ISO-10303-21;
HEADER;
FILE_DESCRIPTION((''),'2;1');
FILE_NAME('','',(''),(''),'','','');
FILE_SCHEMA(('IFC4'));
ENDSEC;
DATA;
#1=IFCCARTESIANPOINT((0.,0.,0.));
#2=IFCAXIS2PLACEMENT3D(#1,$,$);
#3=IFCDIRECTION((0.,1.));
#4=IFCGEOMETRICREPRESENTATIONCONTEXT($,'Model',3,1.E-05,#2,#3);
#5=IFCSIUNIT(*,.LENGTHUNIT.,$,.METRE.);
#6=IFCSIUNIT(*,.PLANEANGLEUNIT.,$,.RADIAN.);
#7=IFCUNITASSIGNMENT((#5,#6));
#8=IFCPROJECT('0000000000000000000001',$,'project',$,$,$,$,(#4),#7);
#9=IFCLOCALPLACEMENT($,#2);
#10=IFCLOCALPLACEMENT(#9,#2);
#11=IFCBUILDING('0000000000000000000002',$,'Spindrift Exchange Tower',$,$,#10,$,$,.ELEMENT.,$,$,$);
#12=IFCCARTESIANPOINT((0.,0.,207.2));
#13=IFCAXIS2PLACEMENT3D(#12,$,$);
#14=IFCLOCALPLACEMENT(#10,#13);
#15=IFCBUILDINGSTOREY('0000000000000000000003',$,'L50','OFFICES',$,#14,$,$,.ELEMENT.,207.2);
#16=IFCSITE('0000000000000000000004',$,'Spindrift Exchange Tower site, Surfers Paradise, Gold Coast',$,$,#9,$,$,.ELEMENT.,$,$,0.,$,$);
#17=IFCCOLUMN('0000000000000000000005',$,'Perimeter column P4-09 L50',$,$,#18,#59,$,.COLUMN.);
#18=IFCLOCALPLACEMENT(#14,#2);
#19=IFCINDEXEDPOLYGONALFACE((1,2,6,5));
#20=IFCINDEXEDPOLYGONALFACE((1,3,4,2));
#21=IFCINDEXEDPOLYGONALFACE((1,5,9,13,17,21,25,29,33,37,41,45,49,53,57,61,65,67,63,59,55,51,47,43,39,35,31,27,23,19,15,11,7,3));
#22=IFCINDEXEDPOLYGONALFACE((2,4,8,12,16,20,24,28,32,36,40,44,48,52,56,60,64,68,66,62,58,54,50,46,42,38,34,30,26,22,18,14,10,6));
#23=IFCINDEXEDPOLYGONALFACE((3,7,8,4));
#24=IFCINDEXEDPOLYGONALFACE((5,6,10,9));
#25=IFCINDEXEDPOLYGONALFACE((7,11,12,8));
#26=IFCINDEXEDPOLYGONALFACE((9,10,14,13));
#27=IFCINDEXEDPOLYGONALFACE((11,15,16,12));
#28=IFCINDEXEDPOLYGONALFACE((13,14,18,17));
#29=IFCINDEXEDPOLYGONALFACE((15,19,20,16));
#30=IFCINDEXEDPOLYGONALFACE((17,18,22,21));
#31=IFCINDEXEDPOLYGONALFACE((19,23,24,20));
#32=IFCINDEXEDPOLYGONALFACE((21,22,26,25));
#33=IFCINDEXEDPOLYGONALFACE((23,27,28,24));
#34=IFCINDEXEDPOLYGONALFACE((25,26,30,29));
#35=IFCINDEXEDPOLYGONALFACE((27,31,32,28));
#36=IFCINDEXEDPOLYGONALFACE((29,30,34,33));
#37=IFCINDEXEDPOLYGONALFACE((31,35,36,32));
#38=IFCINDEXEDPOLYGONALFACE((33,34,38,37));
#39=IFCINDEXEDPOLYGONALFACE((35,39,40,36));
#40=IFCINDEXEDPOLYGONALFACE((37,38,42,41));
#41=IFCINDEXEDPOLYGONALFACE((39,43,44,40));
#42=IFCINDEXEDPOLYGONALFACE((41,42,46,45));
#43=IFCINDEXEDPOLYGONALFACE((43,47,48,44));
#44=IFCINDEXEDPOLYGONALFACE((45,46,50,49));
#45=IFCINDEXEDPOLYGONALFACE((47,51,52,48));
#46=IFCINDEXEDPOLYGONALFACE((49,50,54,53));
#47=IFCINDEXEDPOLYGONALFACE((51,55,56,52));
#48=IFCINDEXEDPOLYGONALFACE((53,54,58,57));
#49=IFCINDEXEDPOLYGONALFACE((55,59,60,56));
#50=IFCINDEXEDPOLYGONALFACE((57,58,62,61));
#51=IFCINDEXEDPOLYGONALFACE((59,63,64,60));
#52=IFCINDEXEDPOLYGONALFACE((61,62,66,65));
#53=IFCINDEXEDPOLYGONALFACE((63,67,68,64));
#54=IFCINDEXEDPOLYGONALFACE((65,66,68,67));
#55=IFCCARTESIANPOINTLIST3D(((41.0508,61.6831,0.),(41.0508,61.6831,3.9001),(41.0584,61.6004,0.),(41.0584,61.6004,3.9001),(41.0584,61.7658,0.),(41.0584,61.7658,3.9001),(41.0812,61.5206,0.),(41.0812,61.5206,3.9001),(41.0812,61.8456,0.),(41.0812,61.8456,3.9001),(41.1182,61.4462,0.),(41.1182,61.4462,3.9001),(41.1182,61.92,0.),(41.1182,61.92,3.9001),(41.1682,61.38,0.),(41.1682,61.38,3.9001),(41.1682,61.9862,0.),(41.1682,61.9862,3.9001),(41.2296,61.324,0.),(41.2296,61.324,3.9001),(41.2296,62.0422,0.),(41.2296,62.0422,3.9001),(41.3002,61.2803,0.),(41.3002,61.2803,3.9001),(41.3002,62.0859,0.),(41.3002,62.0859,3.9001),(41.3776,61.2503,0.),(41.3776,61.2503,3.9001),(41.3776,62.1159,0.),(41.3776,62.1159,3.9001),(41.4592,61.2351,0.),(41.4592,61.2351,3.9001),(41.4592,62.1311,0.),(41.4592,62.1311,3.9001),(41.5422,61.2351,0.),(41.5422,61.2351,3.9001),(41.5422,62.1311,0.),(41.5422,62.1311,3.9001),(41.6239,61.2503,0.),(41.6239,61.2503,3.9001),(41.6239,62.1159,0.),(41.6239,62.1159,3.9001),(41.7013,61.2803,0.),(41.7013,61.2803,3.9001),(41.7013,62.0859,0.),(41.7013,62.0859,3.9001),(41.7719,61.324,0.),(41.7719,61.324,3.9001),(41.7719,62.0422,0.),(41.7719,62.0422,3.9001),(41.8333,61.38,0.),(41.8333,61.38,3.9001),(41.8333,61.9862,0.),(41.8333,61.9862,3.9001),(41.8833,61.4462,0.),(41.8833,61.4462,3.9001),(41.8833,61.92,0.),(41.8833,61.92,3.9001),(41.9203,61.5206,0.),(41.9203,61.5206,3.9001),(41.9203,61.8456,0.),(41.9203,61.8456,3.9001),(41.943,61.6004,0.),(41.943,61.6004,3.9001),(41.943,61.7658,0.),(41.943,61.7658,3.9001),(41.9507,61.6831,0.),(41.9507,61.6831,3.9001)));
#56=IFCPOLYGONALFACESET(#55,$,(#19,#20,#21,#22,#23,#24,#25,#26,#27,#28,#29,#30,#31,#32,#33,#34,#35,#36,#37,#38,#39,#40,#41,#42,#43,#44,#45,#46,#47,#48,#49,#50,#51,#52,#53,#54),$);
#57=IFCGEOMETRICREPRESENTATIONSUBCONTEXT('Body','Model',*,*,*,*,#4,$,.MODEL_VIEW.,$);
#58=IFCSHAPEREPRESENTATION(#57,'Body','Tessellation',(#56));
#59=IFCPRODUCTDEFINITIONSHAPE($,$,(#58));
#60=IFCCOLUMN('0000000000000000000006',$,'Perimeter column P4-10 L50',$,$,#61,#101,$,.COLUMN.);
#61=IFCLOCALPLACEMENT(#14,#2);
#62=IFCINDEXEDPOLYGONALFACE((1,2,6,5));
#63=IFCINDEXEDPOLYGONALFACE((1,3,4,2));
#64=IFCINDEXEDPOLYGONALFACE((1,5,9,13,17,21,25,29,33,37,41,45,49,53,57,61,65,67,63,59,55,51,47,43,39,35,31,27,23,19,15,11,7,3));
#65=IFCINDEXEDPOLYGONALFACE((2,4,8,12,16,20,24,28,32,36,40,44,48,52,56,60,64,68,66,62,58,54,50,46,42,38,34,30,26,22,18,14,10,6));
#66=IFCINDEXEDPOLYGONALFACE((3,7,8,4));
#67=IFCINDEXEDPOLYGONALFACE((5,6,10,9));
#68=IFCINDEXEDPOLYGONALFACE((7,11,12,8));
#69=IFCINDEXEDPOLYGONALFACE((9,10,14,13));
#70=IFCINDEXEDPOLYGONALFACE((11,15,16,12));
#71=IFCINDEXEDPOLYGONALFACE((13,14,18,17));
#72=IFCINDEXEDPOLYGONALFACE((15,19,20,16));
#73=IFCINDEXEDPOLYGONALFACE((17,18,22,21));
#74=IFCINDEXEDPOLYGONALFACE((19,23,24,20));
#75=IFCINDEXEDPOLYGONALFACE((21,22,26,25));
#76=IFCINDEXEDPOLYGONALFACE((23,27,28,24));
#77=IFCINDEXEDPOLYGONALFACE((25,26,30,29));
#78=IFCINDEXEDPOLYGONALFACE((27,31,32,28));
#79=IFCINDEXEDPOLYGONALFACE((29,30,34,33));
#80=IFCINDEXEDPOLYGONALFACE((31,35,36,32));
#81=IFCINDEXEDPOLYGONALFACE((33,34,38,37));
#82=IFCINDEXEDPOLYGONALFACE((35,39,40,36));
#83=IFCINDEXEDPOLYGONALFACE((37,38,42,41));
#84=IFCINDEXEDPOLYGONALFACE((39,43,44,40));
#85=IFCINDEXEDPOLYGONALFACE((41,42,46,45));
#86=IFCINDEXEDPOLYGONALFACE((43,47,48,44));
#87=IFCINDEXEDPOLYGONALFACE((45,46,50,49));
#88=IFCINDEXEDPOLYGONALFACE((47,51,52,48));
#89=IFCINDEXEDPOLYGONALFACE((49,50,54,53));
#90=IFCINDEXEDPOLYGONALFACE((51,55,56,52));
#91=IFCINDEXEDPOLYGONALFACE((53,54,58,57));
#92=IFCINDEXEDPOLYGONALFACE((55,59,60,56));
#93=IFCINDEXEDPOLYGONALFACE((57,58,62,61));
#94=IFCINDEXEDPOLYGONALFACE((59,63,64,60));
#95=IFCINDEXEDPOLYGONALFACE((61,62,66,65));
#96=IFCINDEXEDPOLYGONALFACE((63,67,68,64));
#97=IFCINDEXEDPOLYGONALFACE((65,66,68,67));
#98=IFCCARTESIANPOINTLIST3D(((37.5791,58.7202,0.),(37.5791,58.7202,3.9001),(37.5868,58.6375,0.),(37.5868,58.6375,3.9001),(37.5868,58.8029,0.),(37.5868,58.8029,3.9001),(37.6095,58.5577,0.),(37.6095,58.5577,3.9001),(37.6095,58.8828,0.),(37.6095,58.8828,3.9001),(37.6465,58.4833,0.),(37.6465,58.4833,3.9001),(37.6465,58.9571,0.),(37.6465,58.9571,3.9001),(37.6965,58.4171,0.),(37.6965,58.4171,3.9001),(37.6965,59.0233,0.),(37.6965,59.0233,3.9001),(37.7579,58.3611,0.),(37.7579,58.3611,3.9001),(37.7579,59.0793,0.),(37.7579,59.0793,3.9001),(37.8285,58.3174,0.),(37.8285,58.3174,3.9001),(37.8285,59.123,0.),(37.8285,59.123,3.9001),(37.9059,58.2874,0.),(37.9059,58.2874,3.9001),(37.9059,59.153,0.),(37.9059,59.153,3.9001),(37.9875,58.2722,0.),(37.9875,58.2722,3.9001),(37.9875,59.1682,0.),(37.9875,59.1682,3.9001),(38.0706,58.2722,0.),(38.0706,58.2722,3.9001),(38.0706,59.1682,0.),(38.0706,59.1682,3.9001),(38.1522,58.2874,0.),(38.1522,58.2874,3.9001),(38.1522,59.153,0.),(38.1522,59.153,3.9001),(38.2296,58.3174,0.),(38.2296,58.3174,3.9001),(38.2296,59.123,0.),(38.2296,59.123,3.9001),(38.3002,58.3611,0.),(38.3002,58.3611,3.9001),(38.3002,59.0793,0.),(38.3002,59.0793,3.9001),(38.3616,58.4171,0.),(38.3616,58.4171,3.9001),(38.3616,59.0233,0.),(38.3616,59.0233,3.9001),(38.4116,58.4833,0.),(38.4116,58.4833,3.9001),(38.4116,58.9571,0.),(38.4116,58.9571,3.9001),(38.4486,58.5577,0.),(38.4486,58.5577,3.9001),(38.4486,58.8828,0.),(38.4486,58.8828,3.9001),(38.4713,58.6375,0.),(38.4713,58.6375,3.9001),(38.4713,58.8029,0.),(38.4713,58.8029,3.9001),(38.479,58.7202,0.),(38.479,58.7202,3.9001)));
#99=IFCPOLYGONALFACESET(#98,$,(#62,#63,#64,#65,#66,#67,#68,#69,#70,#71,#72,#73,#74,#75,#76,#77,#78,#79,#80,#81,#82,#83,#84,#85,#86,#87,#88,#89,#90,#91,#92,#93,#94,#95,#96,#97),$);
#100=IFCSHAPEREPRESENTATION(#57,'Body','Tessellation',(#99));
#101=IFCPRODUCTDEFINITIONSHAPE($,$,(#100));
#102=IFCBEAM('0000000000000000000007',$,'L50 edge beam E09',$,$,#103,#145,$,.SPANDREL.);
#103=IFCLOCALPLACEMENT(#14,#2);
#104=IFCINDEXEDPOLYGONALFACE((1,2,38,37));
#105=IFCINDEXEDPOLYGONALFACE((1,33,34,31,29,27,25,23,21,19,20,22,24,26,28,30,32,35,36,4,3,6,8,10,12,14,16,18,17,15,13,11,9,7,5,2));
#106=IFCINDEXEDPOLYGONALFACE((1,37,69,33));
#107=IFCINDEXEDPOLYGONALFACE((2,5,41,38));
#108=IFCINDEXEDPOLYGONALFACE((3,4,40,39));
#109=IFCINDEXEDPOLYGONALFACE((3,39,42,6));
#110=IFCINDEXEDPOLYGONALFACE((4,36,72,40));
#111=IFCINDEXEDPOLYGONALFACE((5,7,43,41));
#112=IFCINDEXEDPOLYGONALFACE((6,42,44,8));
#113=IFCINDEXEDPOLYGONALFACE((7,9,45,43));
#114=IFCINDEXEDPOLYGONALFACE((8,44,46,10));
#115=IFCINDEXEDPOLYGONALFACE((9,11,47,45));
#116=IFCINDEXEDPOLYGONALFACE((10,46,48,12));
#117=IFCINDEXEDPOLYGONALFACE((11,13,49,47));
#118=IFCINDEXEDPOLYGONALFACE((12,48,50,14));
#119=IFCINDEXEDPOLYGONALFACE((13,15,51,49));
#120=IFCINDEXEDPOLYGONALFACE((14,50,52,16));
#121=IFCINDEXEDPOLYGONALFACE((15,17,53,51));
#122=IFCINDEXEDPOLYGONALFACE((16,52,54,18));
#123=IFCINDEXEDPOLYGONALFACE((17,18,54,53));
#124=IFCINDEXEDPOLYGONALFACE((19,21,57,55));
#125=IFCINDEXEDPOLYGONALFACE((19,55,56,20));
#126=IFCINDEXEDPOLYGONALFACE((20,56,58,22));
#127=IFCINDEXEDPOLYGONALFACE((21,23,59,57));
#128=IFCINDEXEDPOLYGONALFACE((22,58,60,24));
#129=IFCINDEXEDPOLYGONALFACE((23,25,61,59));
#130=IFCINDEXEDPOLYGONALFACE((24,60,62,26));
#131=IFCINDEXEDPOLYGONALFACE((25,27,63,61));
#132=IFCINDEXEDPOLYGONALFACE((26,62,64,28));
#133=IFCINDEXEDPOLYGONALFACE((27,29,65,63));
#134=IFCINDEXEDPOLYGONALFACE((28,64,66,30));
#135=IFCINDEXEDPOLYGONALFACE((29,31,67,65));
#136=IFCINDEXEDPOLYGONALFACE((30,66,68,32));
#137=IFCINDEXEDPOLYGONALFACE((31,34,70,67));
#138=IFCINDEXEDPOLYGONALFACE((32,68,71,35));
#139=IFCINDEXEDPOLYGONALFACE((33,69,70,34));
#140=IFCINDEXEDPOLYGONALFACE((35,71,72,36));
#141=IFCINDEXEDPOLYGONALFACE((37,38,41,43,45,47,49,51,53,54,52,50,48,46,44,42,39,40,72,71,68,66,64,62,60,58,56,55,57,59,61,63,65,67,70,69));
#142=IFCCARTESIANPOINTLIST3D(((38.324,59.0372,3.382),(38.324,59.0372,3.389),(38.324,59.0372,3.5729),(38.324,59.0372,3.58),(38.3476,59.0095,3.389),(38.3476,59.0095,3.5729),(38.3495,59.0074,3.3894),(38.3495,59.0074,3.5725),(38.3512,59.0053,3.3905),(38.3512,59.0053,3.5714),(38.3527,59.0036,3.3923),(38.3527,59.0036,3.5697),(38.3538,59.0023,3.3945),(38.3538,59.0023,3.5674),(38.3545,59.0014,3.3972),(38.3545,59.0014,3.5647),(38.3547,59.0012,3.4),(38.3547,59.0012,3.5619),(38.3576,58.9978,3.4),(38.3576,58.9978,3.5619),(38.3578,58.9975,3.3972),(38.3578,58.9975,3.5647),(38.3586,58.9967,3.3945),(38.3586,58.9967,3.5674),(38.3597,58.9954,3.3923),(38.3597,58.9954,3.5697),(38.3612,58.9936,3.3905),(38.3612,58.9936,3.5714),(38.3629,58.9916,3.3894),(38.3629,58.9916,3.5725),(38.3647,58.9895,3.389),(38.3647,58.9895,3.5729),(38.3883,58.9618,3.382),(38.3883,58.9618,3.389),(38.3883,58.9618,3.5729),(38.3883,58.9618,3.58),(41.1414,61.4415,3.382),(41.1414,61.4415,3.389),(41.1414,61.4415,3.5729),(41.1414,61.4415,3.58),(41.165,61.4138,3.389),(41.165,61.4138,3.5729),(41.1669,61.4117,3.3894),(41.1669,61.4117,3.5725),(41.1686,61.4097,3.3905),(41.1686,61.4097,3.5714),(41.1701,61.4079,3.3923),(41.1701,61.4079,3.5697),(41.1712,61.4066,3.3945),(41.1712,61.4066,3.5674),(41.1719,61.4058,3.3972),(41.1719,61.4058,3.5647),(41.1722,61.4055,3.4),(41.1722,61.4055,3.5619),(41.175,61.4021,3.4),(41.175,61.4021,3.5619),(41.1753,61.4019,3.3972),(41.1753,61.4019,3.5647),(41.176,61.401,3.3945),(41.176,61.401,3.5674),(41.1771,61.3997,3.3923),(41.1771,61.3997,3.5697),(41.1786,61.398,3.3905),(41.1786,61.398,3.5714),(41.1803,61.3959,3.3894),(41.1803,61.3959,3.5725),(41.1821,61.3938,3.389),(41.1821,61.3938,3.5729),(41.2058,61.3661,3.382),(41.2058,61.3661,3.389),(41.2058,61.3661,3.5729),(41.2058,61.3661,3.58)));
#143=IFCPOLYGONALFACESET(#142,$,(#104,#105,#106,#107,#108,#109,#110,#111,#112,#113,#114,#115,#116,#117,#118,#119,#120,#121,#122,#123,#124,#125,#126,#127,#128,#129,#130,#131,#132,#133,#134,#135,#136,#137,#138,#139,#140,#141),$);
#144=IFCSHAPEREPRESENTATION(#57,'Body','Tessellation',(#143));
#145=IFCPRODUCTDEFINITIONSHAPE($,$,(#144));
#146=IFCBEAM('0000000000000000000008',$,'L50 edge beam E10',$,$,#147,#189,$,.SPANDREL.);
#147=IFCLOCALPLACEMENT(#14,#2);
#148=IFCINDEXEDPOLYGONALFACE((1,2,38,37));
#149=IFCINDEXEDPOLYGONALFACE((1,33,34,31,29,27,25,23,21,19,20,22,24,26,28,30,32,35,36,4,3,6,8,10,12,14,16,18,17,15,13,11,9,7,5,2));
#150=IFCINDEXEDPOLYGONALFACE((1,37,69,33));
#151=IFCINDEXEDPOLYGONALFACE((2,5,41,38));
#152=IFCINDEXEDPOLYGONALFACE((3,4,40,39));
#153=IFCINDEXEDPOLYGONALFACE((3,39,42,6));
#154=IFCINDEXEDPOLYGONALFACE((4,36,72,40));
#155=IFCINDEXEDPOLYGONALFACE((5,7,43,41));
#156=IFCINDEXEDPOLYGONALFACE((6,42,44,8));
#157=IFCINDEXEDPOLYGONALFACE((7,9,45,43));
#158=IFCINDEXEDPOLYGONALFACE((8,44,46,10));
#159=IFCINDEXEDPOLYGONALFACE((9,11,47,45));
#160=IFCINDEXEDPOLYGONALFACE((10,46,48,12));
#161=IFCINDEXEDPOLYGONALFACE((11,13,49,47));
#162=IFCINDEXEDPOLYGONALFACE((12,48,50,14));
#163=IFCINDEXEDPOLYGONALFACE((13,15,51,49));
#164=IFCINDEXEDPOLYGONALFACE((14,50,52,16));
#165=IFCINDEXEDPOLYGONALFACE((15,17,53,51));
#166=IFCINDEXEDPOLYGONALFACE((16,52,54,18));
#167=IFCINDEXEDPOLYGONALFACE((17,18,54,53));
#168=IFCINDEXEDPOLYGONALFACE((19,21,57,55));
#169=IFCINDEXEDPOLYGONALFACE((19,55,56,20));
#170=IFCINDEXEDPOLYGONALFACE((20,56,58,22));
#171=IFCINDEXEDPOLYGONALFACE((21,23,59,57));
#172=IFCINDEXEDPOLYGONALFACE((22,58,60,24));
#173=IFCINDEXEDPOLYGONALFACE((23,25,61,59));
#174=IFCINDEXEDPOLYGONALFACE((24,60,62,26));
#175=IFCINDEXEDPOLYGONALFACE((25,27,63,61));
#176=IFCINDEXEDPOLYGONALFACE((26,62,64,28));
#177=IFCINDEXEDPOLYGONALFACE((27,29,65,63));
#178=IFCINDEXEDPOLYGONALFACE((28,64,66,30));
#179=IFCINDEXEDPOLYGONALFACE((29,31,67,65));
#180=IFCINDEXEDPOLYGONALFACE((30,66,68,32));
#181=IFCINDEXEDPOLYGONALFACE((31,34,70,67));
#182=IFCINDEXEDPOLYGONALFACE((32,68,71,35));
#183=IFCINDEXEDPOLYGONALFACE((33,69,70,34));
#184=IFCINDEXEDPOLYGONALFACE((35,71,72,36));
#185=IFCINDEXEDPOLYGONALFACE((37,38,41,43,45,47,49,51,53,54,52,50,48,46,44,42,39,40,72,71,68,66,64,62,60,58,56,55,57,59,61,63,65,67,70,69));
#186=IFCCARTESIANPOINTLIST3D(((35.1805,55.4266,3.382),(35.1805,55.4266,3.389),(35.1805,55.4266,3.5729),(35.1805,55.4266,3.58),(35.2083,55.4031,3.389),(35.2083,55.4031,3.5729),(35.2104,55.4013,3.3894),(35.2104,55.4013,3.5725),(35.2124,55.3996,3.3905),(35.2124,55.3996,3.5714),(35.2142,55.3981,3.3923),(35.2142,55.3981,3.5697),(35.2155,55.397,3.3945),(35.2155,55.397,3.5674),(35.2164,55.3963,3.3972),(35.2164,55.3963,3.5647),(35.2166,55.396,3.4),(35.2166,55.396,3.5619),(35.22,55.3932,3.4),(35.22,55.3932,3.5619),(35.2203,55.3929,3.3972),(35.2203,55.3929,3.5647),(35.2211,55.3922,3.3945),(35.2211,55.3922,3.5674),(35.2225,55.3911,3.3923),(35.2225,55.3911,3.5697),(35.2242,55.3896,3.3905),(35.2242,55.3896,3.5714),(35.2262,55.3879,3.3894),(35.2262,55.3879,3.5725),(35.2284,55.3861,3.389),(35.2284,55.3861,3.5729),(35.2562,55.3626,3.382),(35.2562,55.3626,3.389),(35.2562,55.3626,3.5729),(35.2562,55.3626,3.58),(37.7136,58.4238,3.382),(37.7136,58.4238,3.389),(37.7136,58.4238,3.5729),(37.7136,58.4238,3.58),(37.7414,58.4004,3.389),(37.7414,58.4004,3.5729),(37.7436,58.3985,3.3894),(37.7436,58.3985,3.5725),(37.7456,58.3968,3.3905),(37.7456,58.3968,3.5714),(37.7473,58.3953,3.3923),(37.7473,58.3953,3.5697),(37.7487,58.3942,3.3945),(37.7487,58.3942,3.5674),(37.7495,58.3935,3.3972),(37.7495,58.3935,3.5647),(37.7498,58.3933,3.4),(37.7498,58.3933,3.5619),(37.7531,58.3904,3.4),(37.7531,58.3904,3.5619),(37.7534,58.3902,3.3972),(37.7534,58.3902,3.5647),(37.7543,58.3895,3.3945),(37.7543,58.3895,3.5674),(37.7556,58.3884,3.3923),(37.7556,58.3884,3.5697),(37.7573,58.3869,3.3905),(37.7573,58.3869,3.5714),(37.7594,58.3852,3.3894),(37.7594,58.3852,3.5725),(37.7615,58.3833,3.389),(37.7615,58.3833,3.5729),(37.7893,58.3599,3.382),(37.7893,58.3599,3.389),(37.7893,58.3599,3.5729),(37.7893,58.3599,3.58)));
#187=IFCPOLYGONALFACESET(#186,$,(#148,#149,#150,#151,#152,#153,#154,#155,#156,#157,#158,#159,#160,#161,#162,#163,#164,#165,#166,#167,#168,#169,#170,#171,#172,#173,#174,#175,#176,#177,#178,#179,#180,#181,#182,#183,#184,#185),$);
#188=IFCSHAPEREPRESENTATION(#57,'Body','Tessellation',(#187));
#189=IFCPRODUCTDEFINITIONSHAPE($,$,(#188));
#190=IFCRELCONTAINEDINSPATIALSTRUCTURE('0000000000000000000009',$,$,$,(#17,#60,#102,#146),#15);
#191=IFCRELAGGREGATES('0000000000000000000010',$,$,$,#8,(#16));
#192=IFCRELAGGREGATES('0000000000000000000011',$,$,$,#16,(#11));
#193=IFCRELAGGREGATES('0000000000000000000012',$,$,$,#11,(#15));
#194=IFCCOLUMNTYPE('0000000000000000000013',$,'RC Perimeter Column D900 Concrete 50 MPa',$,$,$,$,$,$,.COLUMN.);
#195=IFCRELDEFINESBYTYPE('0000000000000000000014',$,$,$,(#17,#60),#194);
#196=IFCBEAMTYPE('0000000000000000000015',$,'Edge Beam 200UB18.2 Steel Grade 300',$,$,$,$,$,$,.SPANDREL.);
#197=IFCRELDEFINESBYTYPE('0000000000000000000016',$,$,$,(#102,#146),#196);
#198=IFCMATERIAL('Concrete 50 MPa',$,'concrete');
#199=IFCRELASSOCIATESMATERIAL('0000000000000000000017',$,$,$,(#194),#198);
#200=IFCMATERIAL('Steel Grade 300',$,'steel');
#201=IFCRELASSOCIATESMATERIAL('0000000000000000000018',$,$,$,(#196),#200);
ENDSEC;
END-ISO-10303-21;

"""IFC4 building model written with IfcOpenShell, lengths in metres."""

from ifc_helpers import new_model, si_unit, direction, frame, origin, origin_2d, place, context, subcontext, project, spatial, circle, i_section, extrude, source, transform, mapped, material, material_profile, profile_set, type_object, element, save


model = new_model("IFC4")

# Units and contexts
model_context = context("Model", 3, precision=1e-05, world=origin(), true_north=direction((0.0, 1.0)))
body_context = subcontext(model_context, "Body", "Model", "MODEL_VIEW")
ifc_project = project(units=[si_unit("LENGTHUNIT", "METRE"), si_unit("PLANEANGLEUNIT", "RADIAN")], contexts=[model_context])

# Site, building, storey
site_placement = place(None, origin())
site = spatial("IfcSite", under=ifc_project, at=site_placement, Name="Spindrift Exchange Tower site, Surfers Paradise, Gold Coast", CompositionType="ELEMENT", RefElevation=0.0)
building_placement = place(site_placement, origin())
building = spatial("IfcBuilding", under=site, at=building_placement, Name="Spindrift Exchange Tower", CompositionType="ELEMENT")
storey_placement = place(building_placement, frame((0.0, 0.0, 207.2)))
storey = spatial("IfcBuildingStorey", under=building, at=storey_placement, Name="L50", Description="OFFICES", CompositionType="ELEMENT", Elevation=207.2)

# Columns
ifc_material_1 = material(Name="Concrete 50 MPa", Category="concrete")
ifc_material_profile_1 = material_profile(ifc_material_1, circle(Radius=0.45, at=origin_2d()), Name="RC D900")
ifc_profile_set_1 = profile_set([ifc_material_profile_1], Name="Concrete 50 MPa")
column_type = type_object("IfcColumnType", Name="RC Perimeter Column D900 Concrete 50 MPa", PredefinedType="COLUMN", material=ifc_profile_set_1)
shared_shape_1 = source(origin(), body_context, "Body", "SweptSolid", [
    extrude(circle(Radius=0.45, at=origin_2d()), origin(), (0.0, 0.0, 1.0), 3.9001),
])
for number, where, z_axis, x_axis, name in (
    (1, (41.5007, 61.6831, 0.0), (0.0, 0.0, 1.0), (1.0, 0.0, 0.0), "Perimeter column P4-09 L50"),
    (2, (38.0291, 58.7202, 0.0), (0.0, 0.0, 1.0), (1.0, 0.0, 0.0), "Perimeter column P4-10 L50"),
):
    element("IfcColumn", number, at=place(storey_placement, frame(where, z_axis=z_axis, x_axis=x_axis)), inside=storey, type_object=column_type, Name=name, PredefinedType="COLUMN", context=body_context, shape_type="MappedRepresentation", body=[
        mapped(shared_shape_1, transform((0.0, 0.0, 0.0), scale=1.0)),
    ])

# Beams
ifc_material_2 = material(Name="Steel Grade 300", Category="steel")
ifc_material_profile_2 = material_profile(ifc_material_2, i_section(OverallWidth=0.0991, OverallDepth=0.198, WebThickness=0.0044, FlangeThickness=0.0071, FilletRadius=0.011, at=origin_2d()), Name="200UB18.2")
ifc_profile_set_2 = profile_set([ifc_material_profile_2], Name="Steel Grade 300")
beam_type_1 = type_object("IfcBeamType", Name="Edge Beam 200UB18.2 Steel Grade 300", PredefinedType="SPANDREL", material=ifc_profile_set_2)
shared_shape_2 = source(origin(), body_context, "Body", "SweptSolid", [
    extrude(i_section(OverallWidth=0.0991, OverallDepth=0.198, WebThickness=0.0044, FlangeThickness=0.0071, FilletRadius=0.011, at=origin_2d()), origin(), (0.0, 0.0, 1.0), 3.7039),
])
beam_1_placement = place(storey_placement, frame((41.1736, 61.4038, 3.481), z_axis=(-0.760669, -0.64914, 0.0), x_axis=(0.64914, -0.760669, 0.0)))
element("IfcBeam", 3, at=beam_1_placement, inside=storey, type_object=beam_type_1, Name="L50 edge beam E09", PredefinedType="SPANDREL", context=body_context, shape_type="MappedRepresentation", body=[
    mapped(shared_shape_2, transform((0.0, 0.0, 0.0), scale=1.0)),
])
shared_shape_3 = source(origin(), body_context, "Body", "SweptSolid", [
    extrude(i_section(OverallWidth=0.0991, OverallDepth=0.198, WebThickness=0.0044, FlangeThickness=0.0071, FilletRadius=0.011, at=origin_2d()), origin(), (0.0, 0.0, 1.0), 3.9243),
])
beam_2_placement = place(storey_placement, frame((37.7515, 58.3918, 3.481), z_axis=(-0.645499, -0.763761, 0.0), x_axis=(0.763761, -0.645499, 0.0)))
element("IfcBeam", 4, at=beam_2_placement, inside=storey, type_object=beam_type_1, Name="L50 edge beam E10", PredefinedType="SPANDREL", context=body_context, shape_type="MappedRepresentation", body=[
    mapped(shared_shape_3, transform((0.0, 0.0, 0.0), scale=1.0)),
])

save(model, "model.ifc")
